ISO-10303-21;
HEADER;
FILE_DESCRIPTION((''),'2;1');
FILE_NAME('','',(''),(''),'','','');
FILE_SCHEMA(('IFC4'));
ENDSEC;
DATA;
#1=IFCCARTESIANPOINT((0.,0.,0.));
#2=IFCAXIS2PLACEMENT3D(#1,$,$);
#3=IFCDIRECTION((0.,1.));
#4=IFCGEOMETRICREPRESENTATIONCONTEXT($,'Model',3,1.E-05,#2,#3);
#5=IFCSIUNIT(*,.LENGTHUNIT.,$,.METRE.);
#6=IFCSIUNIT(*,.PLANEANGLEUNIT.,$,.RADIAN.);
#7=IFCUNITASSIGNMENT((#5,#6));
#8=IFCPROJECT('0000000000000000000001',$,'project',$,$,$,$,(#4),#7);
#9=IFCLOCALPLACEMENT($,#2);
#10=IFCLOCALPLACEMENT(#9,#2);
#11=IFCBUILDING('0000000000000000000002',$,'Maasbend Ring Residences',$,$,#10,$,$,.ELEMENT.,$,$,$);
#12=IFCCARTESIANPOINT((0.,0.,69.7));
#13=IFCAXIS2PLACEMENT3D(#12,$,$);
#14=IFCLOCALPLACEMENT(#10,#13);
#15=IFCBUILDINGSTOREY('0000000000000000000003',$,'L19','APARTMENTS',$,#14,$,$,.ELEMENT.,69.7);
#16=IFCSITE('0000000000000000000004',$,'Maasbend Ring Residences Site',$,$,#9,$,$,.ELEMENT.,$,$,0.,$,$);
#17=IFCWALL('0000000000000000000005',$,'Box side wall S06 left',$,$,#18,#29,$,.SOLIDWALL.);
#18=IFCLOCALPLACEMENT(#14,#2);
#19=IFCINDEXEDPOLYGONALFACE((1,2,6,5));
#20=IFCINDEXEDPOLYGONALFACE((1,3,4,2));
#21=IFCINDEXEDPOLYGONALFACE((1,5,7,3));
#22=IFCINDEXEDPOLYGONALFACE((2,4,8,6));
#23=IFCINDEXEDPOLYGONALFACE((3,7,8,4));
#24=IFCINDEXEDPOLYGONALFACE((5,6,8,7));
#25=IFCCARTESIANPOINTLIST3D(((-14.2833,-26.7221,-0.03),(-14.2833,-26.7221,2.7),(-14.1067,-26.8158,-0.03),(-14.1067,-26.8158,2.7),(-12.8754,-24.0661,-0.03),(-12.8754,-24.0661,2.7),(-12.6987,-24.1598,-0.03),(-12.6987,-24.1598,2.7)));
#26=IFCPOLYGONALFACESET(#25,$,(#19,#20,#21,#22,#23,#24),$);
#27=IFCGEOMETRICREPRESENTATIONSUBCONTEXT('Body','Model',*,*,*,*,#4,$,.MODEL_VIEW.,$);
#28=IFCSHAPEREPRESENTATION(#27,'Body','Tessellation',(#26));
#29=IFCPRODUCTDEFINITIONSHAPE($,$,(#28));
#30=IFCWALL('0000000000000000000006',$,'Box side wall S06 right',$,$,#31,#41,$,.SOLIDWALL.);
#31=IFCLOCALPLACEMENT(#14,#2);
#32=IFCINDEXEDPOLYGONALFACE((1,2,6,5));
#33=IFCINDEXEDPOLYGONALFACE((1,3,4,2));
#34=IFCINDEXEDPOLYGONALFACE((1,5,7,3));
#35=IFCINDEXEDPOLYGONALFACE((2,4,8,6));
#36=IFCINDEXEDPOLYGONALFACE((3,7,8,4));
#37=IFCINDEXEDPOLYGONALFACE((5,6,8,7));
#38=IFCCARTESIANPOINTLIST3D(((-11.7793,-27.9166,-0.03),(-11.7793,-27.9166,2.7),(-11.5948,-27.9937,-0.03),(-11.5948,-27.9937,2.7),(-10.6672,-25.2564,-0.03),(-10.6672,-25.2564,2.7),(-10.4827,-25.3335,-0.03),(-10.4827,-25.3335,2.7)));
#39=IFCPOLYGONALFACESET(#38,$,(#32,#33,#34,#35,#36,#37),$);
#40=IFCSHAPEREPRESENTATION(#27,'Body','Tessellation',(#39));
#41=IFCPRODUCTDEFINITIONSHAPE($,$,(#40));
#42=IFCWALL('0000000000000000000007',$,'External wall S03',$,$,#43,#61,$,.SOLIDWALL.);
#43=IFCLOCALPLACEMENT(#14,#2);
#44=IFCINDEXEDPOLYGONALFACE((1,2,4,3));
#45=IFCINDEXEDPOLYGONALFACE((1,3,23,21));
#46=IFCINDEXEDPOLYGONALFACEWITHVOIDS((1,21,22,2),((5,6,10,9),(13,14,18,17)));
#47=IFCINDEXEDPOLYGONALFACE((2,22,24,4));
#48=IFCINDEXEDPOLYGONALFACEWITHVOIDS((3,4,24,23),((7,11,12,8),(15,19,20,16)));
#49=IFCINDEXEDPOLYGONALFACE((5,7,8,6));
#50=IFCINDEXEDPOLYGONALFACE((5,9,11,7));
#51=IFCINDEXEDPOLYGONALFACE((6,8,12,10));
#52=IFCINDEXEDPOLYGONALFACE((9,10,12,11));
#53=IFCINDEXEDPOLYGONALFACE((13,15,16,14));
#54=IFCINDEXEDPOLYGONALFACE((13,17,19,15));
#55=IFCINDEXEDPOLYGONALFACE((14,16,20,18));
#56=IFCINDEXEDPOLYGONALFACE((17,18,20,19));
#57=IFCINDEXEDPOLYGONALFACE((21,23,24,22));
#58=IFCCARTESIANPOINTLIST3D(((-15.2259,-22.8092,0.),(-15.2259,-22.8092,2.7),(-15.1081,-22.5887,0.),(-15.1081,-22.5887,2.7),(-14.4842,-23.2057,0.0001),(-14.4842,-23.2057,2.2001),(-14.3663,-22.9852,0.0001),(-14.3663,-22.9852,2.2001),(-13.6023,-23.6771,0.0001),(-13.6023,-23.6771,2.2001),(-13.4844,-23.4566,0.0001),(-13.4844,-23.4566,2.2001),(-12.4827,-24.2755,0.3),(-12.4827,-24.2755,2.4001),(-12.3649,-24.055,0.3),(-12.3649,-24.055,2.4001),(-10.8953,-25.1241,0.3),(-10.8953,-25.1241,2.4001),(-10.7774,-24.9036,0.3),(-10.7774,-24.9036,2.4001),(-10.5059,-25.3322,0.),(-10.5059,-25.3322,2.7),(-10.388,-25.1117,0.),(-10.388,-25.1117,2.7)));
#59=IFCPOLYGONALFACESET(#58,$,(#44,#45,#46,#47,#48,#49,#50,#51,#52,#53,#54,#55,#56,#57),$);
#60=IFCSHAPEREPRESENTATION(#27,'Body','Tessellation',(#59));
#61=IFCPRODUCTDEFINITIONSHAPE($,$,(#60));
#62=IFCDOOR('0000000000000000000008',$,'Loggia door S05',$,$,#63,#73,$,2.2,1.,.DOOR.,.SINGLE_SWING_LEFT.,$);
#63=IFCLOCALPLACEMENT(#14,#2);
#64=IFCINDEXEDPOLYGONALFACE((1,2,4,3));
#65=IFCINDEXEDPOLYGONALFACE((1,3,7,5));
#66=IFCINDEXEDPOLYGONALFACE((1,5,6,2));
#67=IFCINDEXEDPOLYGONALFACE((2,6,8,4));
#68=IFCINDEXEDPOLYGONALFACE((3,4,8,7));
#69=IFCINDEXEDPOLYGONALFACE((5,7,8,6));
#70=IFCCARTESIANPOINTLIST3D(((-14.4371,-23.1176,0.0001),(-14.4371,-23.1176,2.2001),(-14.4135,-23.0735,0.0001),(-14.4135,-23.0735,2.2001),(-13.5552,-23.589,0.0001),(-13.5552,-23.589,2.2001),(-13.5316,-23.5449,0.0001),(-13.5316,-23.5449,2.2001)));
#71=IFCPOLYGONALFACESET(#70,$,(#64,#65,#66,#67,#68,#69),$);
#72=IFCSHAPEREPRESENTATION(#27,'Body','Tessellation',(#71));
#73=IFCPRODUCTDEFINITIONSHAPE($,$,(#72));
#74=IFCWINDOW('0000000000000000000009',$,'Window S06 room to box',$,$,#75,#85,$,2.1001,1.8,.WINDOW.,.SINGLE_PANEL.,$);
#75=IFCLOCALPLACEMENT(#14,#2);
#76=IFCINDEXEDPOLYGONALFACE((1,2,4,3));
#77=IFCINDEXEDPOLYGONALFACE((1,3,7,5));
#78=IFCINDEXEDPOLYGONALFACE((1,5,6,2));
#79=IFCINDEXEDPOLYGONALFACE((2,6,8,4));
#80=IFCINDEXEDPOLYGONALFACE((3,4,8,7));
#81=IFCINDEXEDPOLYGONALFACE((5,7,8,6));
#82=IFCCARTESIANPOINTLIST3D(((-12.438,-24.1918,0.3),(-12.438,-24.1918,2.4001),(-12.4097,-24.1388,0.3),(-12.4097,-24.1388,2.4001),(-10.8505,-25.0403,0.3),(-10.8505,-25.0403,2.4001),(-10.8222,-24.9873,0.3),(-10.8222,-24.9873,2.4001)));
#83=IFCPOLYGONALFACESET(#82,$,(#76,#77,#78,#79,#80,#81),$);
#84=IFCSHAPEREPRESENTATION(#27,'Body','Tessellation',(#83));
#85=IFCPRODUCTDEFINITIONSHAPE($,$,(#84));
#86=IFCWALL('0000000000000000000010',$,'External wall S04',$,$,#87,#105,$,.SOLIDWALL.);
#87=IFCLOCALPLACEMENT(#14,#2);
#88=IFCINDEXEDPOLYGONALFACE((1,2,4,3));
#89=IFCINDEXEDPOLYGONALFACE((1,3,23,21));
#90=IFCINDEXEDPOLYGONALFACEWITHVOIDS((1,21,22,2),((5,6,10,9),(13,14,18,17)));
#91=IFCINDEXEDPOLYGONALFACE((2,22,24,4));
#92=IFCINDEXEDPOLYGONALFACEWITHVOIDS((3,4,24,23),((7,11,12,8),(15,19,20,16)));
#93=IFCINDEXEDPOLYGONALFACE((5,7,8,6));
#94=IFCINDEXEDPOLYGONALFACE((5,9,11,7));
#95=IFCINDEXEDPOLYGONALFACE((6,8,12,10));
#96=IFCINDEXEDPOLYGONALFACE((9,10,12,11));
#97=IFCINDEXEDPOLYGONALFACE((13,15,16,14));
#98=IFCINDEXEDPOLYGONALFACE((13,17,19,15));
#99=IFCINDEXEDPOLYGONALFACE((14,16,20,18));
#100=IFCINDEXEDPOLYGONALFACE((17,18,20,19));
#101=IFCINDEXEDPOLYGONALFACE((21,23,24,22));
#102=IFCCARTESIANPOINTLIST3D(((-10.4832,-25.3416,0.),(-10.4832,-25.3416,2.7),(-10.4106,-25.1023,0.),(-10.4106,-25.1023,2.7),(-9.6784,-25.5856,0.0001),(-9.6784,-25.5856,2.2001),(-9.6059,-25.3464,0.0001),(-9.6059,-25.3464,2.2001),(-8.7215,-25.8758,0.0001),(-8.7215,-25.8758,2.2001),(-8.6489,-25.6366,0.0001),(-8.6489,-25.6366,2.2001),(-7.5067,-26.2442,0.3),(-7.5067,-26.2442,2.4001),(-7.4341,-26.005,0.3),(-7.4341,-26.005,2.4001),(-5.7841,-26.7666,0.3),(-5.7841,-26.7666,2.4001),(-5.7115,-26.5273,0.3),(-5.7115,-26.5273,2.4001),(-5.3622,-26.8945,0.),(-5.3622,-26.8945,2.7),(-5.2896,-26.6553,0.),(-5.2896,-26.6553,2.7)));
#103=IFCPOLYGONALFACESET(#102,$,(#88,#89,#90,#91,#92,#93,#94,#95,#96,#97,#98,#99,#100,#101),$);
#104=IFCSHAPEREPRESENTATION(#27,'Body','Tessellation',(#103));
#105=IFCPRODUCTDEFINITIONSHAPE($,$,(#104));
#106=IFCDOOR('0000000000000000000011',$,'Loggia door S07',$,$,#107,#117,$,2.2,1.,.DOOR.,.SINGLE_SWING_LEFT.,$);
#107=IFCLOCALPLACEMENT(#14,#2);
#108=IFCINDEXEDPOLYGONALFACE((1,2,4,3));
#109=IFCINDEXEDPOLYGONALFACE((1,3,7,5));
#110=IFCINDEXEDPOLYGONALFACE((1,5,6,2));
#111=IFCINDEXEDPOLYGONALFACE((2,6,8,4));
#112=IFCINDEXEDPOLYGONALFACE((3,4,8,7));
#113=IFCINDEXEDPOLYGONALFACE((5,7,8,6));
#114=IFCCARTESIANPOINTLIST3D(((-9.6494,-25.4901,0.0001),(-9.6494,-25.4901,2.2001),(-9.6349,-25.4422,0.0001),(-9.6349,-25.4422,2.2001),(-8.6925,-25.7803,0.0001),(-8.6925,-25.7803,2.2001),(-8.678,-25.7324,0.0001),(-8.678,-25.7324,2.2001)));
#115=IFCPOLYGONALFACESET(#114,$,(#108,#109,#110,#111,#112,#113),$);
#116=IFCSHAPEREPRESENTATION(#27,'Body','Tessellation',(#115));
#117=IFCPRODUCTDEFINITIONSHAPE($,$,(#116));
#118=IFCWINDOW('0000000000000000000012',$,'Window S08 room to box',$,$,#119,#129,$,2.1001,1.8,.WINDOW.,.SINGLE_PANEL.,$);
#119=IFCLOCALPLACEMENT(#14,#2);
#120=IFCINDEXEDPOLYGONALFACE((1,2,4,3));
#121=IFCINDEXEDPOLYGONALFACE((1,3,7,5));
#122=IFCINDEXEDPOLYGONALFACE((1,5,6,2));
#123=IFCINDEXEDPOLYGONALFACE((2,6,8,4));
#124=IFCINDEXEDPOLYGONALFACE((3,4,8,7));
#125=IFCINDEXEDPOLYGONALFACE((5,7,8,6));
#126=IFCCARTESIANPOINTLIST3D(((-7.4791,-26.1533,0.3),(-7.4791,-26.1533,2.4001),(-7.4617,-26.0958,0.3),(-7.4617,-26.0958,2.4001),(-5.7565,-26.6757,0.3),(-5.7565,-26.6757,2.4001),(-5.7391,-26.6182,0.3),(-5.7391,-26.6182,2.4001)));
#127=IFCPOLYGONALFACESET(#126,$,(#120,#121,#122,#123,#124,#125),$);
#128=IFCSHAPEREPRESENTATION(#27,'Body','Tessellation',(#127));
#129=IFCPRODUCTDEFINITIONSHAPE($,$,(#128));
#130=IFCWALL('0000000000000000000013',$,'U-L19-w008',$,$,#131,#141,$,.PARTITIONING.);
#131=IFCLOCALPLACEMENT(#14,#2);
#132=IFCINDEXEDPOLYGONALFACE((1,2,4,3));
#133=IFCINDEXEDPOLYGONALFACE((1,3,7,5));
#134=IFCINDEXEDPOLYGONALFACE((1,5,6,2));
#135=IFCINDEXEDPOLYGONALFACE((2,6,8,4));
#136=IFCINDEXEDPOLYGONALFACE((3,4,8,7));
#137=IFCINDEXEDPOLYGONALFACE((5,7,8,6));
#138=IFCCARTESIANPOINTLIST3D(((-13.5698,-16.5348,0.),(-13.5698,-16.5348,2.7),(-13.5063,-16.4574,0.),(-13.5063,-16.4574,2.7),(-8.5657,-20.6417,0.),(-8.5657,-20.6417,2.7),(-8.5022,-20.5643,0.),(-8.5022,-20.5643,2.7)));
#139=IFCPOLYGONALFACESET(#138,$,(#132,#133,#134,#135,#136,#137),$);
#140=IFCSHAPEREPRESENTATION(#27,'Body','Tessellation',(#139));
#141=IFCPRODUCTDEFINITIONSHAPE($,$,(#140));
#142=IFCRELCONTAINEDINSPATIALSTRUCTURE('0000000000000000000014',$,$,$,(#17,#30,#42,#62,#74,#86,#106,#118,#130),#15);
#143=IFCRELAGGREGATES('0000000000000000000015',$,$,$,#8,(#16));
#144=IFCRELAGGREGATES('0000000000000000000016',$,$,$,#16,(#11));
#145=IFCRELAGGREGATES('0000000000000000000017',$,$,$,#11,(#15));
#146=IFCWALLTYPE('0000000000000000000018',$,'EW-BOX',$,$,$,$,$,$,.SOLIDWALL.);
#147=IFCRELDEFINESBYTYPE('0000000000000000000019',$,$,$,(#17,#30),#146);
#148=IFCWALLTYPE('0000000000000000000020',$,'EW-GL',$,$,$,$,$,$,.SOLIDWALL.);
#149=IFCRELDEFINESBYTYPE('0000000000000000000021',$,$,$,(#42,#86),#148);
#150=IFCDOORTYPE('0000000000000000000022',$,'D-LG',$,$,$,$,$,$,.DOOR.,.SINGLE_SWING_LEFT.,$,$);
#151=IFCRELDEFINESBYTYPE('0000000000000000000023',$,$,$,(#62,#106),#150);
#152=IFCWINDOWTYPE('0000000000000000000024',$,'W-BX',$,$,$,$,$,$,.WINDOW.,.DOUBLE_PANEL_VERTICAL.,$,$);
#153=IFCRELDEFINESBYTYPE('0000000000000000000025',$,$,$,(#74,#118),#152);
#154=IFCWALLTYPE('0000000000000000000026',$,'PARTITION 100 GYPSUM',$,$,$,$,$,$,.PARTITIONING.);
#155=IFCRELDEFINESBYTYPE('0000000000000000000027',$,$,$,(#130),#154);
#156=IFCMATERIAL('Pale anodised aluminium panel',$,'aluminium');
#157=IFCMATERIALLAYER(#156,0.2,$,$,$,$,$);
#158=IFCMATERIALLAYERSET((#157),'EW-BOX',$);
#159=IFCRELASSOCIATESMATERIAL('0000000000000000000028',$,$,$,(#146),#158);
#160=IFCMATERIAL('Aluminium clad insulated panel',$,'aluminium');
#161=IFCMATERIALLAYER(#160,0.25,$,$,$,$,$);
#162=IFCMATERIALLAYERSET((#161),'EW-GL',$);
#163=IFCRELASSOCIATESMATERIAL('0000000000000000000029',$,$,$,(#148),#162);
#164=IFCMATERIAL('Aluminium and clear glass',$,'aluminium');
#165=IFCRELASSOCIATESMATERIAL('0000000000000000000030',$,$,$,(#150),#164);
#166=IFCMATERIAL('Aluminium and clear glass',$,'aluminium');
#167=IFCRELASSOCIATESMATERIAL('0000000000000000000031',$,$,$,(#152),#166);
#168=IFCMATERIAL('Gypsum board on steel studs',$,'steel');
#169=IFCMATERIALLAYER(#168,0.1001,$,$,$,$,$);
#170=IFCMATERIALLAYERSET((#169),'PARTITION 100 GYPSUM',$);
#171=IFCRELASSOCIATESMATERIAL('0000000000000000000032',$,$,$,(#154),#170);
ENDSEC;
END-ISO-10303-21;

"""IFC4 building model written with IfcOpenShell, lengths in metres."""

from ifc_helpers import new_model, si_unit, direction, frame, frame_2d, origin, place, context, subcontext, project, spatial, rectangle, extrude, material, layer, layer_set, type_object, element, fill, save


model = new_model("IFC4")

# Units and contexts
model_context = context("Model", 3, precision=1e-05, world=origin(), true_north=direction((0.0, 1.0)))
body_context = subcontext(model_context, "Body", "Model", "MODEL_VIEW")
ifc_project = project(units=[si_unit("LENGTHUNIT", "METRE"), si_unit("PLANEANGLEUNIT", "RADIAN")], contexts=[model_context])

# Site, building, storey
site_placement = place(None, origin())
site = spatial("IfcSite", under=ifc_project, at=site_placement, Name="Maasbend Ring Residences Site", CompositionType="ELEMENT", RefElevation=0.0)
building_placement = place(site_placement, origin())
building = spatial("IfcBuilding", under=site, at=building_placement, Name="Maasbend Ring Residences", CompositionType="ELEMENT")
storey_placement = place(building_placement, frame((0.0, 0.0, 69.7)))
storey = spatial("IfcBuildingStorey", under=building, at=storey_placement, Name="L19", Description="APARTMENTS", CompositionType="ELEMENT", Elevation=69.7)

# Shared definitions
ifc_material_1 = material(Name="Pale anodised aluminium panel", Category="aluminium")
ifc_layer_1 = layer(ifc_material_1, 0.2)
ifc_layer_set_1 = layer_set([ifc_layer_1], Name="EW-BOX")
wall_type_1 = type_object("IfcWallType", Name="EW-BOX", PredefinedType="SOLIDWALL", material=ifc_layer_set_1)

# Walls
wall_1_placement = place(storey_placement, frame((-12.7871, -24.113, -0.03), z_axis=(0.0, 0.0, 1.0), x_axis=(-0.468365, -0.883535, 0.0)))
element("IfcWall", 1, at=wall_1_placement, inside=storey, type_object=wall_type_1, Name="Box side wall S06 left", PredefinedType="SOLIDWALL", context=body_context, shape_type="SweptSolid", body=[
    extrude(rectangle(XDim=3.0061, YDim=0.2, at=frame_2d((1.5029, 0.0))), origin(), (0.0, 0.0, 1.0), 2.73),
])
wall_2_placement = place(storey_placement, frame((-10.575, -25.2949, -0.03), z_axis=(0.0, 0.0, 1.0), x_axis=(-0.385697, -0.922625, 0.0)))
element("IfcWall", 2, at=wall_2_placement, inside=storey, type_object=wall_type_1, Name="Box side wall S06 right", PredefinedType="SOLIDWALL", context=body_context, shape_type="SweptSolid", body=[
    extrude(rectangle(XDim=2.8833, YDim=0.2, at=frame_2d((1.4417, 0.0))), origin(), (0.0, 0.0, 1.0), 2.73),
])

# Walls, openings, doors, windows
ifc_material_2 = material(Name="Aluminium clad insulated panel", Category="aluminium")
ifc_layer_2 = layer(ifc_material_2, 0.25)
ifc_layer_set_2 = layer_set([ifc_layer_2], Name="EW-GL")
wall_type_2 = type_object("IfcWallType", Name="EW-GL", PredefinedType="SOLIDWALL", material=ifc_layer_set_2)
wall_3_placement = place(storey_placement, frame((-15.167, -22.699, 0.0), z_axis=(0.0, 0.0, 1.0), x_axis=(0.881916, -0.471407, 0.0)))
wall_3 = element("IfcWall", 3, at=wall_3_placement, inside=storey, type_object=wall_type_2, Name="External wall S03", PredefinedType="SOLIDWALL", context=body_context, shape_type="SweptSolid", body=[
    extrude(rectangle(XDim=5.3521, YDim=0.25, at=frame_2d((2.676, 0.0))), origin(), (0.0, 0.0, 1.0), 2.7),
])
opening_1_placement = place(wall_3_placement, frame((0.8411, 0.0, 0.0)))
opening_1 = element("IfcOpeningElement", 4, at=opening_1_placement, cuts=wall_3, PredefinedType="OPENING", context=body_context, shape_type="SweptSolid", body=[
    extrude(rectangle(XDim=1.0, YDim=2.2, at=frame_2d((0.5, 1.1001))), frame((0.0, 0.135, 0.0), z_axis=(0.0, -1.0, 0.0), x_axis=(1.0, 0.0, 0.0)), (0.0, 0.0, 1.0), 0.27),
])
opening_2_placement = place(wall_3_placement, frame((3.1106, 0.0, 0.3)))
opening_2 = element("IfcOpeningElement", 5, at=opening_2_placement, cuts=wall_3, PredefinedType="OPENING", context=body_context, shape_type="SweptSolid", body=[
    extrude(rectangle(XDim=1.8, YDim=2.1001, at=frame_2d((0.8999, 1.05))), frame((0.0, 0.135, 0.0), z_axis=(0.0, -1.0, 0.0), x_axis=(1.0, 0.0, 0.0)), (0.0, 0.0, 1.0), 0.27),
])
ifc_material_3 = material(Name="Aluminium and clear glass", Category="aluminium")
door_type_1 = type_object("IfcDoorType", Name="D-LG", OperationType="SINGLE_SWING_LEFT", PredefinedType="DOOR", material=ifc_material_3)
door_1_placement = place(opening_1_placement, origin())
door_1 = element("IfcDoor", 6, at=door_1_placement, inside=storey, type_object=door_type_1, Name="Loggia door S05", OperationType="SINGLE_SWING_LEFT", OverallHeight=2.2, OverallWidth=1.0, PredefinedType="DOOR", context=body_context, shape_type="SweptSolid", body=[
    extrude(rectangle(XDim=1.0, YDim=2.2, at=frame_2d((0.5, 1.1001))), frame((0.0, 0.0249, 0.0), z_axis=(0.0, -1.0, 0.0), x_axis=(1.0, 0.0, 0.0)), (0.0, 0.0, 1.0), 0.05),
])
fill(opening_1, door_1)
ifc_material_4 = material(Name="Aluminium and clear glass", Category="aluminium")
window_type_1 = type_object("IfcWindowType", Name="W-BX", PartitioningType="DOUBLE_PANEL_VERTICAL", PredefinedType="WINDOW", material=ifc_material_4)
window_1_placement = place(opening_2_placement, origin())
window_1 = element("IfcWindow", 7, at=window_1_placement, inside=storey, type_object=window_type_1, Name="Window S06 room to box", OverallHeight=2.1001, OverallWidth=1.8, PartitioningType="SINGLE_PANEL", PredefinedType="WINDOW", context=body_context, shape_type="SweptSolid", body=[
    extrude(rectangle(XDim=1.8, YDim=2.1001, at=frame_2d((0.8999, 1.05))), frame((0.0, 0.03, 0.0), z_axis=(0.0, -1.0, 0.0), x_axis=(1.0, 0.0, 0.0)), (0.0, 0.0, 1.0), 0.0601),
])
fill(opening_2, window_1)
wall_4_placement = place(storey_placement, frame((-10.447, -25.2219, 0.0), z_axis=(0.0, 0.0, 1.0), x_axis=(0.956966, -0.290201, 0.0)))
wall_4 = element("IfcWall", 8, at=wall_4_placement, inside=storey, type_object=wall_type_2, Name="External wall S04", PredefinedType="SOLIDWALL", context=body_context, shape_type="SweptSolid", body=[
    extrude(rectangle(XDim=5.3513, YDim=0.25, at=frame_2d((2.6758, 0.0))), origin(), (0.0, 0.0, 1.0), 2.7),
])
opening_3_placement = place(wall_4_placement, frame((0.8411, 0.0, 0.0)))
opening_3 = element("IfcOpeningElement", 9, at=opening_3_placement, cuts=wall_4, PredefinedType="OPENING", context=body_context, shape_type="SweptSolid", body=[
    extrude(rectangle(XDim=1.0, YDim=2.2, at=frame_2d((0.5, 1.1001))), frame((0.0, 0.135, 0.0), z_axis=(0.0, -1.0, 0.0), x_axis=(1.0, 0.0, 0.0)), (0.0, 0.0, 1.0), 0.27),
])
opening_4_placement = place(wall_4_placement, frame((3.1106, 0.0, 0.3)))
opening_4 = element("IfcOpeningElement", 10, at=opening_4_placement, cuts=wall_4, PredefinedType="OPENING", context=body_context, shape_type="SweptSolid", body=[
    extrude(rectangle(XDim=1.8, YDim=2.1001, at=frame_2d((0.8999, 1.05))), frame((0.0, 0.135, 0.0), z_axis=(0.0, -1.0, 0.0), x_axis=(1.0, 0.0, 0.0)), (0.0, 0.0, 1.0), 0.27),
])
door_2_placement = place(opening_3_placement, origin())
door_2 = element("IfcDoor", 11, at=door_2_placement, inside=storey, type_object=door_type_1, Name="Loggia door S07", OperationType="SINGLE_SWING_LEFT", OverallHeight=2.2, OverallWidth=1.0, PredefinedType="DOOR", context=body_context, shape_type="SweptSolid", body=[
    extrude(rectangle(XDim=1.0, YDim=2.2, at=frame_2d((0.5, 1.1001))), frame((0.0, 0.0249, 0.0), z_axis=(0.0, -1.0, 0.0), x_axis=(1.0, 0.0, 0.0)), (0.0, 0.0, 1.0), 0.05),
])
fill(opening_3, door_2)
window_2_placement = place(opening_4_placement, origin())
window_2 = element("IfcWindow", 12, at=window_2_placement, inside=storey, type_object=window_type_1, Name="Window S08 room to box", OverallHeight=2.1001, OverallWidth=1.8, PartitioningType="SINGLE_PANEL", PredefinedType="WINDOW", context=body_context, shape_type="SweptSolid", body=[
    extrude(rectangle(XDim=1.8, YDim=2.1001, at=frame_2d((0.8999, 1.05))), frame((0.0, 0.03, 0.0), z_axis=(0.0, -1.0, 0.0), x_axis=(1.0, 0.0, 0.0)), (0.0, 0.0, 1.0), 0.0601),
])
fill(opening_4, window_2)

# Wall
ifc_material_5 = material(Name="Gypsum board on steel studs", Category="steel")
ifc_layer_3 = layer(ifc_material_5, 0.1001)
ifc_layer_set_3 = layer_set([ifc_layer_3], Name="PARTITION 100 GYPSUM")
wall_type_3 = type_object("IfcWallType", Name="PARTITION 100 GYPSUM", PredefinedType="PARTITIONING", material=ifc_layer_set_3)
wall_5_placement = place(storey_placement, frame((-13.5381, -16.4961, 0.0), z_axis=(0.0, 0.0, 1.0), x_axis=(0.773, -0.634406, 0.0)))
element("IfcWall", 13, at=wall_5_placement, inside=storey, type_object=wall_type_3, Name="U-L19-w008", PredefinedType="PARTITIONING", context=body_context, shape_type="SweptSolid", body=[
    extrude(rectangle(XDim=6.4736, YDim=0.1001, at=frame_2d((3.2368, 0.0))), origin(), (0.0, 0.0, 1.0), 2.7),
])

save(model, "model.ifc")
